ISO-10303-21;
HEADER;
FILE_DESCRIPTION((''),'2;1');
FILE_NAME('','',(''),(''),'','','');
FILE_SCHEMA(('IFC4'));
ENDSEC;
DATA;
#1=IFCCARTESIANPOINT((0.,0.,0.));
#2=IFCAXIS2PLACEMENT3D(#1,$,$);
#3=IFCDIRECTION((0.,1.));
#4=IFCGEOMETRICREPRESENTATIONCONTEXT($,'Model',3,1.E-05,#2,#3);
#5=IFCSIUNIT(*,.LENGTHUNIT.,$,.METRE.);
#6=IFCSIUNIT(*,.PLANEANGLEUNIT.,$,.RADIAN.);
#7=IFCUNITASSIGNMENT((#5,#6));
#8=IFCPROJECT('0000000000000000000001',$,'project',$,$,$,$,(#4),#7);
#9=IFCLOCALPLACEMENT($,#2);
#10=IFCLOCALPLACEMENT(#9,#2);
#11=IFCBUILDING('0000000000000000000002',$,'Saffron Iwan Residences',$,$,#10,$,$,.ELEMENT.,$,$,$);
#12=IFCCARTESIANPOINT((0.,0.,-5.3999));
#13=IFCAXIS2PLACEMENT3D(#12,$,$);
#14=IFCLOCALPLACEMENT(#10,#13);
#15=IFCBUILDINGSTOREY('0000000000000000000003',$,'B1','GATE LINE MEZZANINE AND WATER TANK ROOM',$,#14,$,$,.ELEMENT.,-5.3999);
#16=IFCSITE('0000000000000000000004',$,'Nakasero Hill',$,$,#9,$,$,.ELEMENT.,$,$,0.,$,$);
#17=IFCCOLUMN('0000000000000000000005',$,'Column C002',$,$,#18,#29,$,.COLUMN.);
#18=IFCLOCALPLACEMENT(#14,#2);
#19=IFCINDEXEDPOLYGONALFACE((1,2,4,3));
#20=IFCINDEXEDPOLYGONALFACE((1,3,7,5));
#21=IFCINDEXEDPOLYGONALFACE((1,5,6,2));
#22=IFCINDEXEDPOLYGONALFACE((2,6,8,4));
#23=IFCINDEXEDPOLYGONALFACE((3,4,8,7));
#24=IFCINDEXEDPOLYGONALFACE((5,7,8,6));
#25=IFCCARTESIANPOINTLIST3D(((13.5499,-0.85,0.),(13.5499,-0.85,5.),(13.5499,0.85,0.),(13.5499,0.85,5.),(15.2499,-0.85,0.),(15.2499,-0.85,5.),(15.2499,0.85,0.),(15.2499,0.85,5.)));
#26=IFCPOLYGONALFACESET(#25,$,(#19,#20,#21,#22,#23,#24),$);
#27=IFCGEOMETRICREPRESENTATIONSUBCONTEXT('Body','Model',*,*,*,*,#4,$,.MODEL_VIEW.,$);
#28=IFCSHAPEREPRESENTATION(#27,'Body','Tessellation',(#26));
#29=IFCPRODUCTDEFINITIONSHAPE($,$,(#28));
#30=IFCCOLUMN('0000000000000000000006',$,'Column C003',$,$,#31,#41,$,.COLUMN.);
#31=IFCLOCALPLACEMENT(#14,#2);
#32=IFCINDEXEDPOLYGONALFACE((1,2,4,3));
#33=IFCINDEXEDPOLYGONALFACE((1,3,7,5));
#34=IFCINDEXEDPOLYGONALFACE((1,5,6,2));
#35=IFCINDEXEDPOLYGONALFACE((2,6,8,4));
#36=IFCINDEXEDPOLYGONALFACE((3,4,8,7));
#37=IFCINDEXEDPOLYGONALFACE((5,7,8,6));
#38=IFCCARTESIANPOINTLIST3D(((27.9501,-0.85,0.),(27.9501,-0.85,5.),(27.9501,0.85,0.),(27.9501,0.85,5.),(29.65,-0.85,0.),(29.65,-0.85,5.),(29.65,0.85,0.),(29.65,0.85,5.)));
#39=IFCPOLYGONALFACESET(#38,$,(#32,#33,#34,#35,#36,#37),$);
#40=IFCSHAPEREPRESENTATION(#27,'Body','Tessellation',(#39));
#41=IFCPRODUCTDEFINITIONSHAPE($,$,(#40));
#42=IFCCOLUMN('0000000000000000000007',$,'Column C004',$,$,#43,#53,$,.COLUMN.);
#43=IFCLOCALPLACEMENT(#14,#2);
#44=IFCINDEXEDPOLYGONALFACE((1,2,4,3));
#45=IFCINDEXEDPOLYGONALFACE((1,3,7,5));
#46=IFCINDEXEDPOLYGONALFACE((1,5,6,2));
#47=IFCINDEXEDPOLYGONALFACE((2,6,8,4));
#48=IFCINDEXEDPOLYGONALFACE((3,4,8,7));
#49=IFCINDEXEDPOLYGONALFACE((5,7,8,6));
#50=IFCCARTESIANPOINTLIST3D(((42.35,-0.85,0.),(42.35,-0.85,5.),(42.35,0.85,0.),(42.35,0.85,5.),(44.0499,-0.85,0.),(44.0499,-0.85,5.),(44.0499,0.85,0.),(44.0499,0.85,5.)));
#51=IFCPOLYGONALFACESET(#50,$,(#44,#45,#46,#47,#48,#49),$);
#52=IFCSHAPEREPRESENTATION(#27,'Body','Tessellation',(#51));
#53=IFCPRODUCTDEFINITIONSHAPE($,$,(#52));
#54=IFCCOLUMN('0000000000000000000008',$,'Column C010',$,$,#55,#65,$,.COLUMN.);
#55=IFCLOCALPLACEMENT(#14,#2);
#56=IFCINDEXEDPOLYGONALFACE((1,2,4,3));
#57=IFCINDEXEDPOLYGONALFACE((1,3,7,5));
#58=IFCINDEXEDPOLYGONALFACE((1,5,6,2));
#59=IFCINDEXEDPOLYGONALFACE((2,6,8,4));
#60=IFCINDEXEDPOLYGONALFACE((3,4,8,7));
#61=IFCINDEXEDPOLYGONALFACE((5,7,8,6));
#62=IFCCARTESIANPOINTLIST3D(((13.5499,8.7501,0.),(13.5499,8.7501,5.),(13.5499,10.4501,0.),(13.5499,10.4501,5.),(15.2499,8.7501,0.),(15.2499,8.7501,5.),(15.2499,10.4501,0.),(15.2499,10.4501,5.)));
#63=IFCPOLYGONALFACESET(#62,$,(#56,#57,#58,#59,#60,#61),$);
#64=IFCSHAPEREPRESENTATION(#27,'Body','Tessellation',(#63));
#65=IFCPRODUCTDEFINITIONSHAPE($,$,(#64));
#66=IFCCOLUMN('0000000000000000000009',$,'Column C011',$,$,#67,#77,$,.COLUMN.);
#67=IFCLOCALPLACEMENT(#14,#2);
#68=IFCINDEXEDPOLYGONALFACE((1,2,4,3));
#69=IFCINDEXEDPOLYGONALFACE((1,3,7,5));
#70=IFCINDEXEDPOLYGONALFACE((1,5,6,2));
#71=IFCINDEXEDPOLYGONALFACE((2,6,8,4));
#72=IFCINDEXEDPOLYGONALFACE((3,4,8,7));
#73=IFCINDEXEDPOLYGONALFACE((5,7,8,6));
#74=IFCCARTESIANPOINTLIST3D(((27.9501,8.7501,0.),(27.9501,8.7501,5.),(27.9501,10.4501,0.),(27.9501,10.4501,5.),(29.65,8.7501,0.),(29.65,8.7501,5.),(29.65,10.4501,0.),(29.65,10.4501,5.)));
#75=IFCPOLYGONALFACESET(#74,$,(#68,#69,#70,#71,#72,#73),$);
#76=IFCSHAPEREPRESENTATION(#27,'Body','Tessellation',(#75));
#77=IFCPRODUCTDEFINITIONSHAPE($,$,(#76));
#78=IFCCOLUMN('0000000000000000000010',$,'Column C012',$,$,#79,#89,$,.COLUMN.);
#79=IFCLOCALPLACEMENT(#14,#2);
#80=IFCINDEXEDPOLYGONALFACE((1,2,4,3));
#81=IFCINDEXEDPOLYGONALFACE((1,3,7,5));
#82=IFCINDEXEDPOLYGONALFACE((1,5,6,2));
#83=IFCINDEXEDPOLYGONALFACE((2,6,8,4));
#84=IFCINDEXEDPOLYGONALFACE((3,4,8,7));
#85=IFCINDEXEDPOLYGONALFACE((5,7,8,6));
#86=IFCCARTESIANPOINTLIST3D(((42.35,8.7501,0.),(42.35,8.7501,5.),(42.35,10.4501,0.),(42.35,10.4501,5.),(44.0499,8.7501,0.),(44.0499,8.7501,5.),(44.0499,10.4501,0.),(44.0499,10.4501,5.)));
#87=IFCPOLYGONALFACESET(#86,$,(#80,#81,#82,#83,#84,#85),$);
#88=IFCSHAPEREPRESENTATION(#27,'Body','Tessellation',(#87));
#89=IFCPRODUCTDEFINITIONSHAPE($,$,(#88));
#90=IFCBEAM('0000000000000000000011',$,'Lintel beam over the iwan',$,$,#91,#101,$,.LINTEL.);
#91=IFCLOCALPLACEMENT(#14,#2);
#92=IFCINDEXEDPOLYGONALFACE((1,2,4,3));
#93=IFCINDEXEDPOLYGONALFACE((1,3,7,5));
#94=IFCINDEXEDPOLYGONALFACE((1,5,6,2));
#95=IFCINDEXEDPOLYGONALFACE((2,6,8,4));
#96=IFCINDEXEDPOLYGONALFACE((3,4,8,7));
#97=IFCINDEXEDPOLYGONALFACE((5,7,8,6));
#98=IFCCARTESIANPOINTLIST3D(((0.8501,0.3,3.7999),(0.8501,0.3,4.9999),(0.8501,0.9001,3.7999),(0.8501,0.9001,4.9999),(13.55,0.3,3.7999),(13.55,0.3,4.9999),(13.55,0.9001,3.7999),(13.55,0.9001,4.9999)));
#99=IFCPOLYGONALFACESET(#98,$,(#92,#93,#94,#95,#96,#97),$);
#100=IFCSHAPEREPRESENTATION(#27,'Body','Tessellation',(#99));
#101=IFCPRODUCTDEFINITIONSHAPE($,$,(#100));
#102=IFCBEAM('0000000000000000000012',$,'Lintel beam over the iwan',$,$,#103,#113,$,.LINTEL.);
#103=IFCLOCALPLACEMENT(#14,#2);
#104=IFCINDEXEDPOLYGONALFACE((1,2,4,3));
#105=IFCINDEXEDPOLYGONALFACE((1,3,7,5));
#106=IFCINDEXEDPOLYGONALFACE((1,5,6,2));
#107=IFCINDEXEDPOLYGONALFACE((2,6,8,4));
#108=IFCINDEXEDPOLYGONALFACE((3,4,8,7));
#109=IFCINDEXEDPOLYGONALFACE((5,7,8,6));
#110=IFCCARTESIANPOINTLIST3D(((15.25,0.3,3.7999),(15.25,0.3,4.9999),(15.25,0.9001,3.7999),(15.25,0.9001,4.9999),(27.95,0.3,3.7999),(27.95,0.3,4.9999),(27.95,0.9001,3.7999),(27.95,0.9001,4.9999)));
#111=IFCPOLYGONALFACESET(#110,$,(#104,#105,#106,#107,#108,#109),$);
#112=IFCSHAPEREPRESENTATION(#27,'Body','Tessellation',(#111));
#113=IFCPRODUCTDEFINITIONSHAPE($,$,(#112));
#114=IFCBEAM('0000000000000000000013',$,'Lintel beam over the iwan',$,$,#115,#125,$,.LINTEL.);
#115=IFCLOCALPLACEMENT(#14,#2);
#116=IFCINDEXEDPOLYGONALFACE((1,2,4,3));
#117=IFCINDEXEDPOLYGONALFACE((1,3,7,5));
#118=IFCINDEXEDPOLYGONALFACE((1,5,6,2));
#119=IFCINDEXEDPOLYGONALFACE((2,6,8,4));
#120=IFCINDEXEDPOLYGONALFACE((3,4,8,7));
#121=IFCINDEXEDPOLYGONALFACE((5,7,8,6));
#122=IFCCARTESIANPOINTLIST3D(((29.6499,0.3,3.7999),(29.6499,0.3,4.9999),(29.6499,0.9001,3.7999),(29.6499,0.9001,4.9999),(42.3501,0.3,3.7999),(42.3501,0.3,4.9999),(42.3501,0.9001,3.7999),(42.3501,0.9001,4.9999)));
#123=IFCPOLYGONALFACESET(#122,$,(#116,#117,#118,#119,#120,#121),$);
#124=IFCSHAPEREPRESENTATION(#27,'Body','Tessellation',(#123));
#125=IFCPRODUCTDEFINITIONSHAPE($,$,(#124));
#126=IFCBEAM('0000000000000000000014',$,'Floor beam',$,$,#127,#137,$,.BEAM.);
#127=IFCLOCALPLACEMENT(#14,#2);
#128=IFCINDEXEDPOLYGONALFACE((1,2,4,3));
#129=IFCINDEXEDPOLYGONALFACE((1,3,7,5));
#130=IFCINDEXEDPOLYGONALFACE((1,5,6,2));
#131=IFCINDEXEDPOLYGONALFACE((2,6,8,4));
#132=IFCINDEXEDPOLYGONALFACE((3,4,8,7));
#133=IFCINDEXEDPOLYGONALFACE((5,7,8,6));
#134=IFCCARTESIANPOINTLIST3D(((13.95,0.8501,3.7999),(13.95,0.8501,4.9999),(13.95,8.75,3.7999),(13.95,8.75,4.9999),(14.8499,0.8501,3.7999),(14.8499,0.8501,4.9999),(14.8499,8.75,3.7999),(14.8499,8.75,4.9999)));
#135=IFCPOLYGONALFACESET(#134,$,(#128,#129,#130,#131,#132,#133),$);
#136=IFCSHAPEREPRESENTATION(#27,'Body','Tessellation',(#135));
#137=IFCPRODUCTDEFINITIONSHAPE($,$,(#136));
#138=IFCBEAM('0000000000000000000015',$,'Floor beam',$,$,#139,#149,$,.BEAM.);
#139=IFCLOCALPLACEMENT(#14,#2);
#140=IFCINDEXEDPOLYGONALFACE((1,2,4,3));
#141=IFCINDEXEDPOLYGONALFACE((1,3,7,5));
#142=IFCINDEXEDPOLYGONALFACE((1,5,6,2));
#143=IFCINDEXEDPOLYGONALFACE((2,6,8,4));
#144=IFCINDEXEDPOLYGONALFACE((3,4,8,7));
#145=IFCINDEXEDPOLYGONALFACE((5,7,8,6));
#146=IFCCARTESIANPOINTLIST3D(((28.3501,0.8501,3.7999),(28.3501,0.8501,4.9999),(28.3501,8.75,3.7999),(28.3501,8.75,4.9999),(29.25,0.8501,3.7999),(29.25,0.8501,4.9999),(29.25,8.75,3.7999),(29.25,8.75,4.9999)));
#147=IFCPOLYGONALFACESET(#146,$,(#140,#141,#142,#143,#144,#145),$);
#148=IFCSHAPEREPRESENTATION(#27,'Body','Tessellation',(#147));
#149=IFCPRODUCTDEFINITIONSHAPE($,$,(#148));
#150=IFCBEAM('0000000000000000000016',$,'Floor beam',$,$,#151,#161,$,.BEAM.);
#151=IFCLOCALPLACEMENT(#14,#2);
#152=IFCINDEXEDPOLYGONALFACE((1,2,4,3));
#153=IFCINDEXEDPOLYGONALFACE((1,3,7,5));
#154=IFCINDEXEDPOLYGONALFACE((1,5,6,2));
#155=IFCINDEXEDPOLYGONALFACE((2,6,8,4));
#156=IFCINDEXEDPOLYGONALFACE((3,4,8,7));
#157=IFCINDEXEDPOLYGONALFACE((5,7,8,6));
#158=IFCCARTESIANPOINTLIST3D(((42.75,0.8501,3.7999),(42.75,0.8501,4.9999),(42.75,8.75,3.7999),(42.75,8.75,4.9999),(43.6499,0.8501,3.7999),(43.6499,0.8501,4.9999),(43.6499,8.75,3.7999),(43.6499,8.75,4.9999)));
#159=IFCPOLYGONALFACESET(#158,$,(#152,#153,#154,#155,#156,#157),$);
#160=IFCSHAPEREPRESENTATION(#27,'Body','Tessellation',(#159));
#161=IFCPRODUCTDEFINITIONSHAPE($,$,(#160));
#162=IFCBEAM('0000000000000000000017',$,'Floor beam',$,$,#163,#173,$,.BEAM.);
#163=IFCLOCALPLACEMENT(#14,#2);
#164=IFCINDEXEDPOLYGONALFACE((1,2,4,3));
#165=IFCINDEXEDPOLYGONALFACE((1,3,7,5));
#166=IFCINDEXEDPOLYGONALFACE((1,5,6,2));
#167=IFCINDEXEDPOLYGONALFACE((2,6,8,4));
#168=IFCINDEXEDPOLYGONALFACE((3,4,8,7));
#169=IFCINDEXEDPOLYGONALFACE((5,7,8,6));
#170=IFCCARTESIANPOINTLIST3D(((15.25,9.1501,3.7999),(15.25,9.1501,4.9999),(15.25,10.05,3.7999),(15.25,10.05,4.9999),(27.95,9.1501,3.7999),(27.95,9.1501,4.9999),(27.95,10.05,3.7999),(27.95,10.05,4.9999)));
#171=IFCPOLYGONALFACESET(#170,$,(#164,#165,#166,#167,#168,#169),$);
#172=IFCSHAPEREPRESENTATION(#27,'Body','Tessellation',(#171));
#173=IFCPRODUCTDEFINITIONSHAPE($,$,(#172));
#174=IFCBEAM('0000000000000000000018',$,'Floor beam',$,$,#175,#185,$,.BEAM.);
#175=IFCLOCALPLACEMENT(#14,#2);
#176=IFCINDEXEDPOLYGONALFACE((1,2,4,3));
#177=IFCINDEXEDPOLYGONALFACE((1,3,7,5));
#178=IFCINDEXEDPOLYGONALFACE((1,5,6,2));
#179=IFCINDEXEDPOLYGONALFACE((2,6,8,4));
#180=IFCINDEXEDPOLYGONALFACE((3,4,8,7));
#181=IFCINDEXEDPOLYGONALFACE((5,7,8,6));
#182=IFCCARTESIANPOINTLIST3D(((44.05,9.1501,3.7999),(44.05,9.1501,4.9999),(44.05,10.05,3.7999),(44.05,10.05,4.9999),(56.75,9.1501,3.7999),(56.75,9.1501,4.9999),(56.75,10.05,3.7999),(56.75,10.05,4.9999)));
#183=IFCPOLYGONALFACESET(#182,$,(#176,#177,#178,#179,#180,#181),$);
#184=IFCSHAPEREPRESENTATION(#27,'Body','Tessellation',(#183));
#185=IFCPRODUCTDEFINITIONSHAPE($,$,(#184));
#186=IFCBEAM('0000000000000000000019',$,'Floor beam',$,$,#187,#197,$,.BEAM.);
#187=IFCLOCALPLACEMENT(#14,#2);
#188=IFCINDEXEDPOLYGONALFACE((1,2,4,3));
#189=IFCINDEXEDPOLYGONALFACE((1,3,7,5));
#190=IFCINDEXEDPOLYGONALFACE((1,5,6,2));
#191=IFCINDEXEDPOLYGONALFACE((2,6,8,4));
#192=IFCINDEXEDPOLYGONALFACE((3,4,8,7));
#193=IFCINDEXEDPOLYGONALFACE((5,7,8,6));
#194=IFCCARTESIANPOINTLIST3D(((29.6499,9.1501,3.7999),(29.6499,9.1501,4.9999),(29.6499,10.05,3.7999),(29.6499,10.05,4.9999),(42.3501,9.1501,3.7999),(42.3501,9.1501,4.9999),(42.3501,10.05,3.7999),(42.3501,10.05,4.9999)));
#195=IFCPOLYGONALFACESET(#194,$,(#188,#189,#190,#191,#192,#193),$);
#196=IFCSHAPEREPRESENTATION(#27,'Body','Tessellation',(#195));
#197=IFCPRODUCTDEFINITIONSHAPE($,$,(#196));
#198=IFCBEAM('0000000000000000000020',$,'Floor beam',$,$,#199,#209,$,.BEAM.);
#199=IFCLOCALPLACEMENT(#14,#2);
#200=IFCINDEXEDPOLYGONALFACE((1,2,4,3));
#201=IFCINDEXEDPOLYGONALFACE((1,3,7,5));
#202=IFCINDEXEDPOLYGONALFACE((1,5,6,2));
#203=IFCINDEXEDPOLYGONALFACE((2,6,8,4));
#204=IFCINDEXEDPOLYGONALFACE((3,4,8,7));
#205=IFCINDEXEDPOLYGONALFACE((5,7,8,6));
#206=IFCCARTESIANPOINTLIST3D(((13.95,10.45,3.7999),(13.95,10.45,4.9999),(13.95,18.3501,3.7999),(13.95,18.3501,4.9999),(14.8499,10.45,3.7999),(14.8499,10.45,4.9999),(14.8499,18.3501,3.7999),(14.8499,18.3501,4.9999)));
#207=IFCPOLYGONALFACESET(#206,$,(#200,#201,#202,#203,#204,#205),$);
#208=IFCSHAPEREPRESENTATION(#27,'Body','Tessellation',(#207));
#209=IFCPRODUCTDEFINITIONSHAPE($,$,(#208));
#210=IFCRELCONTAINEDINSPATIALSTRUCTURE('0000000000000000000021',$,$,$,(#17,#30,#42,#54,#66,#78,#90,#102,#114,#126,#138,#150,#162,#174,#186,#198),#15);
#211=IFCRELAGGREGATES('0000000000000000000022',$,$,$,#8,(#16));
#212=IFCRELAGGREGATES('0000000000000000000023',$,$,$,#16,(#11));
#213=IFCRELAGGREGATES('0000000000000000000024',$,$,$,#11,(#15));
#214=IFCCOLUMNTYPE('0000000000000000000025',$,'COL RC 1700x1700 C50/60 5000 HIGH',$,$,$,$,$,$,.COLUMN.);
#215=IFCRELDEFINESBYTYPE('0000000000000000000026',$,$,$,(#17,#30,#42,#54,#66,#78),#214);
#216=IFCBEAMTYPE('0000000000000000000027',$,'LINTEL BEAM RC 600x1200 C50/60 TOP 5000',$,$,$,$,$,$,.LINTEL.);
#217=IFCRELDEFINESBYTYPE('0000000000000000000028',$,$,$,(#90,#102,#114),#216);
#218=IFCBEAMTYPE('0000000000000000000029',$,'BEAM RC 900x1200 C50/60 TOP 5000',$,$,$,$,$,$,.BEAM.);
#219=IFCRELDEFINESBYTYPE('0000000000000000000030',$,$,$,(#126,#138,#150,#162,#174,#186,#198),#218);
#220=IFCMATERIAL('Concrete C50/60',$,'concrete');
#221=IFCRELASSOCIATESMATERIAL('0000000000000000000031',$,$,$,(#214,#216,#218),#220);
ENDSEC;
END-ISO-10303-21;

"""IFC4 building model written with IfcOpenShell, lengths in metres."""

from ifc_helpers import new_model, si_unit, direction, frame, origin, origin_2d, place, context, subcontext, project, spatial, rectangle, extrude, source, transform, mapped, material, material_profile, profile_set, type_object, element, save


model = new_model("IFC4")

# Units and contexts
model_context = context("Model", 3, precision=1e-05, world=origin(), true_north=direction((0.0, 1.0)))
body_context = subcontext(model_context, "Body", "Model", "MODEL_VIEW")
ifc_project = project(units=[si_unit("LENGTHUNIT", "METRE"), si_unit("PLANEANGLEUNIT", "RADIAN")], contexts=[model_context])

# Site, building, storey
site_placement = place(None, origin())
site = spatial("IfcSite", under=ifc_project, at=site_placement, Name="Nakasero Hill", CompositionType="ELEMENT", RefElevation=0.0)
building_placement = place(site_placement, origin())
building = spatial("IfcBuilding", under=site, at=building_placement, Name="Saffron Iwan Residences", CompositionType="ELEMENT")
storey_placement = place(building_placement, frame((0.0, 0.0, -5.3999)))
storey = spatial("IfcBuildingStorey", under=building, at=storey_placement, Name="B1", Description="GATE LINE MEZZANINE AND WATER TANK ROOM", CompositionType="ELEMENT", Elevation=-5.3999)

# Columns
ifc_material_1 = material(Name="Concrete C50/60", Category="concrete")
ifc_material_profile_1 = material_profile(ifc_material_1, rectangle(XDim=1.7, YDim=1.7, at=origin_2d()), Name="RC 1700x1700")
ifc_profile_set_1 = profile_set([ifc_material_profile_1], Name="Concrete C50/60")
column_type = type_object("IfcColumnType", Name="COL RC 1700x1700 C50/60 5000 HIGH", PredefinedType="COLUMN", material=ifc_profile_set_1)
shared_shape_1 = source(origin(), body_context, "Body", "SweptSolid", [
    extrude(rectangle(XDim=1.7, YDim=1.7, at=origin_2d()), origin(), (0.0, 0.0, 1.0), 5.0),
])
for number, where, z_axis, x_axis, name in (
    (1, (14.3999, 0.0, 0.0), (0.0, 0.0, 1.0), (1.0, 0.0, 0.0), "Column C002"),
    (2, (28.8, 0.0, 0.0), (0.0, 0.0, 1.0), (1.0, 0.0, 0.0), "Column C003"),
    (3, (43.2, 0.0, 0.0), (0.0, 0.0, 1.0), (1.0, 0.0, 0.0), "Column C004"),
    (4, (14.3999, 9.6001, 0.0), (0.0, 0.0, 1.0), (1.0, 0.0, 0.0), "Column C010"),
    (5, (28.8, 9.6001, 0.0), (0.0, 0.0, 1.0), (1.0, 0.0, 0.0), "Column C011"),
    (6, (43.2, 9.6001, 0.0), (0.0, 0.0, 1.0), (1.0, 0.0, 0.0), "Column C012"),
):
    element("IfcColumn", number, at=place(storey_placement, frame(where, z_axis=z_axis, x_axis=x_axis)), inside=storey, type_object=column_type, Name=name, PredefinedType="COLUMN", context=body_context, shape_type="MappedRepresentation", body=[
        mapped(shared_shape_1, transform((0.0, 0.0, 0.0))),
    ])

# Beams
ifc_material_profile_2 = material_profile(ifc_material_1, rectangle(XDim=0.6001, YDim=1.2, at=origin_2d()), Name="RC 600x1200")
ifc_profile_set_2 = profile_set([ifc_material_profile_2], Name="Concrete C50/60")
beam_type_1 = type_object("IfcBeamType", Name="LINTEL BEAM RC 600x1200 C50/60 TOP 5000", PredefinedType="LINTEL", material=ifc_profile_set_2)
shared_shape_2 = source(origin(), body_context, "Body", "SweptSolid", [
    extrude(rectangle(XDim=0.6001, YDim=1.2, at=origin_2d()), origin(), (0.0, 0.0, 1.0), 12.7),
])
for number, where, z_axis, x_axis, name in (
    (7, (13.55, 0.6001, 4.3999), (-1.0, 0.0, 0.0), (0.0, -1.0, 0.0), "Lintel beam over the iwan"),
    (8, (27.95, 0.6001, 4.3999), (-1.0, 0.0, 0.0), (0.0, -1.0, 0.0), "Lintel beam over the iwan"),
):
    element("IfcBeam", number, at=place(storey_placement, frame(where, z_axis=z_axis, x_axis=x_axis)), inside=storey, type_object=beam_type_1, Name=name, PredefinedType="LINTEL", context=body_context, shape_type="MappedRepresentation", body=[
        mapped(shared_shape_2, transform((0.0, 0.0, 0.0))),
    ])
shared_shape_3 = source(origin(), body_context, "Body", "SweptSolid", [
    extrude(rectangle(XDim=0.6001, YDim=1.2, at=origin_2d()), origin(), (0.0, 0.0, 1.0), 12.7002),
])
beam_1_placement = place(storey_placement, frame((42.3501, 0.6001, 4.3999), z_axis=(-1.0, 0.0, 0.0), x_axis=(0.0, -1.0, 0.0)))
element("IfcBeam", 9, at=beam_1_placement, inside=storey, type_object=beam_type_1, Name="Lintel beam over the iwan", PredefinedType="LINTEL", context=body_context, shape_type="MappedRepresentation", body=[
    mapped(shared_shape_3, transform((0.0, 0.0, 0.0))),
])
ifc_material_profile_3 = material_profile(ifc_material_1, rectangle(XDim=0.8999, YDim=1.2, at=origin_2d()), Name="RC 900x1200")
ifc_profile_set_3 = profile_set([ifc_material_profile_3], Name="Concrete C50/60")
beam_type_2 = type_object("IfcBeamType", Name="BEAM RC 900x1200 C50/60 TOP 5000", PredefinedType="BEAM", material=ifc_profile_set_3)
shared_shape_4 = source(origin(), body_context, "Body", "SweptSolid", [
    extrude(rectangle(XDim=0.8999, YDim=1.2, at=origin_2d()), origin(), (0.0, 0.0, 1.0), 7.8999),
])
for number, where, z_axis, x_axis, name in (
    (10, (14.3999, 0.8501, 4.3999), (0.0, 1.0, 0.0), (-1.0, 0.0, 0.0), "Floor beam"),
    (11, (28.8, 0.8501, 4.3999), (0.0, 1.0, 0.0), (-1.0, 0.0, 0.0), "Floor beam"),
    (12, (43.2, 0.8501, 4.3999), (0.0, 1.0, 0.0), (-1.0, 0.0, 0.0), "Floor beam"),
):
    element("IfcBeam", number, at=place(storey_placement, frame(where, z_axis=z_axis, x_axis=x_axis)), inside=storey, type_object=beam_type_2, Name=name, PredefinedType="BEAM", context=body_context, shape_type="MappedRepresentation", body=[
        mapped(shared_shape_4, transform((0.0, 0.0, 0.0))),
    ])
shared_shape_5 = source(origin(), body_context, "Body", "SweptSolid", [
    extrude(rectangle(XDim=0.8999, YDim=1.2, at=origin_2d()), origin(), (0.0, 0.0, 1.0), 12.7),
])
for number, where, z_axis, x_axis, name in (
    (13, (15.25, 9.6001, 4.3999), (1.0, 0.0, 0.0), (0.0, 1.0, 0.0), "Floor beam"),
    (14, (44.05, 9.6001, 4.3999), (1.0, 0.0, 0.0), (0.0, 1.0, 0.0), "Floor beam"),
):
    element("IfcBeam", number, at=place(storey_placement, frame(where, z_axis=z_axis, x_axis=x_axis)), inside=storey, type_object=beam_type_2, Name=name, PredefinedType="BEAM", context=body_context, shape_type="MappedRepresentation", body=[
        mapped(shared_shape_5, transform((0.0, 0.0, 0.0))),
    ])
shared_shape_6 = source(origin(), body_context, "Body", "SweptSolid", [
    extrude(rectangle(XDim=0.8999, YDim=1.2, at=origin_2d()), origin(), (0.0, 0.0, 1.0), 12.7002),
])
beam_2_placement = place(storey_placement, frame((29.6499, 9.6001, 4.3999), z_axis=(1.0, 0.0, 0.0), x_axis=(0.0, 1.0, 0.0)))
element("IfcBeam", 15, at=beam_2_placement, inside=storey, type_object=beam_type_2, Name="Floor beam", PredefinedType="BEAM", context=body_context, shape_type="MappedRepresentation", body=[
    mapped(shared_shape_6, transform((0.0, 0.0, 0.0))),
])
shared_shape_7 = source(origin(), body_context, "Body", "SweptSolid", [
    extrude(rectangle(XDim=0.8999, YDim=1.2, at=origin_2d()), origin(), (0.0, 0.0, 1.0), 7.9001),
])
for number, where, z_axis, x_axis, name in (
    (16, (14.3999, 10.45, 4.3999), (0.0, 1.0, 0.0), (-1.0, 0.0, 0.0), "Floor beam"),
):
    element("IfcBeam", number, at=place(storey_placement, frame(where, z_axis=z_axis, x_axis=x_axis)), inside=storey, type_object=beam_type_2, Name=name, PredefinedType="BEAM", context=body_context, shape_type="MappedRepresentation", body=[
        mapped(shared_shape_7, transform((0.0, 0.0, 0.0))),
    ])

save(model, "model.ifc")
